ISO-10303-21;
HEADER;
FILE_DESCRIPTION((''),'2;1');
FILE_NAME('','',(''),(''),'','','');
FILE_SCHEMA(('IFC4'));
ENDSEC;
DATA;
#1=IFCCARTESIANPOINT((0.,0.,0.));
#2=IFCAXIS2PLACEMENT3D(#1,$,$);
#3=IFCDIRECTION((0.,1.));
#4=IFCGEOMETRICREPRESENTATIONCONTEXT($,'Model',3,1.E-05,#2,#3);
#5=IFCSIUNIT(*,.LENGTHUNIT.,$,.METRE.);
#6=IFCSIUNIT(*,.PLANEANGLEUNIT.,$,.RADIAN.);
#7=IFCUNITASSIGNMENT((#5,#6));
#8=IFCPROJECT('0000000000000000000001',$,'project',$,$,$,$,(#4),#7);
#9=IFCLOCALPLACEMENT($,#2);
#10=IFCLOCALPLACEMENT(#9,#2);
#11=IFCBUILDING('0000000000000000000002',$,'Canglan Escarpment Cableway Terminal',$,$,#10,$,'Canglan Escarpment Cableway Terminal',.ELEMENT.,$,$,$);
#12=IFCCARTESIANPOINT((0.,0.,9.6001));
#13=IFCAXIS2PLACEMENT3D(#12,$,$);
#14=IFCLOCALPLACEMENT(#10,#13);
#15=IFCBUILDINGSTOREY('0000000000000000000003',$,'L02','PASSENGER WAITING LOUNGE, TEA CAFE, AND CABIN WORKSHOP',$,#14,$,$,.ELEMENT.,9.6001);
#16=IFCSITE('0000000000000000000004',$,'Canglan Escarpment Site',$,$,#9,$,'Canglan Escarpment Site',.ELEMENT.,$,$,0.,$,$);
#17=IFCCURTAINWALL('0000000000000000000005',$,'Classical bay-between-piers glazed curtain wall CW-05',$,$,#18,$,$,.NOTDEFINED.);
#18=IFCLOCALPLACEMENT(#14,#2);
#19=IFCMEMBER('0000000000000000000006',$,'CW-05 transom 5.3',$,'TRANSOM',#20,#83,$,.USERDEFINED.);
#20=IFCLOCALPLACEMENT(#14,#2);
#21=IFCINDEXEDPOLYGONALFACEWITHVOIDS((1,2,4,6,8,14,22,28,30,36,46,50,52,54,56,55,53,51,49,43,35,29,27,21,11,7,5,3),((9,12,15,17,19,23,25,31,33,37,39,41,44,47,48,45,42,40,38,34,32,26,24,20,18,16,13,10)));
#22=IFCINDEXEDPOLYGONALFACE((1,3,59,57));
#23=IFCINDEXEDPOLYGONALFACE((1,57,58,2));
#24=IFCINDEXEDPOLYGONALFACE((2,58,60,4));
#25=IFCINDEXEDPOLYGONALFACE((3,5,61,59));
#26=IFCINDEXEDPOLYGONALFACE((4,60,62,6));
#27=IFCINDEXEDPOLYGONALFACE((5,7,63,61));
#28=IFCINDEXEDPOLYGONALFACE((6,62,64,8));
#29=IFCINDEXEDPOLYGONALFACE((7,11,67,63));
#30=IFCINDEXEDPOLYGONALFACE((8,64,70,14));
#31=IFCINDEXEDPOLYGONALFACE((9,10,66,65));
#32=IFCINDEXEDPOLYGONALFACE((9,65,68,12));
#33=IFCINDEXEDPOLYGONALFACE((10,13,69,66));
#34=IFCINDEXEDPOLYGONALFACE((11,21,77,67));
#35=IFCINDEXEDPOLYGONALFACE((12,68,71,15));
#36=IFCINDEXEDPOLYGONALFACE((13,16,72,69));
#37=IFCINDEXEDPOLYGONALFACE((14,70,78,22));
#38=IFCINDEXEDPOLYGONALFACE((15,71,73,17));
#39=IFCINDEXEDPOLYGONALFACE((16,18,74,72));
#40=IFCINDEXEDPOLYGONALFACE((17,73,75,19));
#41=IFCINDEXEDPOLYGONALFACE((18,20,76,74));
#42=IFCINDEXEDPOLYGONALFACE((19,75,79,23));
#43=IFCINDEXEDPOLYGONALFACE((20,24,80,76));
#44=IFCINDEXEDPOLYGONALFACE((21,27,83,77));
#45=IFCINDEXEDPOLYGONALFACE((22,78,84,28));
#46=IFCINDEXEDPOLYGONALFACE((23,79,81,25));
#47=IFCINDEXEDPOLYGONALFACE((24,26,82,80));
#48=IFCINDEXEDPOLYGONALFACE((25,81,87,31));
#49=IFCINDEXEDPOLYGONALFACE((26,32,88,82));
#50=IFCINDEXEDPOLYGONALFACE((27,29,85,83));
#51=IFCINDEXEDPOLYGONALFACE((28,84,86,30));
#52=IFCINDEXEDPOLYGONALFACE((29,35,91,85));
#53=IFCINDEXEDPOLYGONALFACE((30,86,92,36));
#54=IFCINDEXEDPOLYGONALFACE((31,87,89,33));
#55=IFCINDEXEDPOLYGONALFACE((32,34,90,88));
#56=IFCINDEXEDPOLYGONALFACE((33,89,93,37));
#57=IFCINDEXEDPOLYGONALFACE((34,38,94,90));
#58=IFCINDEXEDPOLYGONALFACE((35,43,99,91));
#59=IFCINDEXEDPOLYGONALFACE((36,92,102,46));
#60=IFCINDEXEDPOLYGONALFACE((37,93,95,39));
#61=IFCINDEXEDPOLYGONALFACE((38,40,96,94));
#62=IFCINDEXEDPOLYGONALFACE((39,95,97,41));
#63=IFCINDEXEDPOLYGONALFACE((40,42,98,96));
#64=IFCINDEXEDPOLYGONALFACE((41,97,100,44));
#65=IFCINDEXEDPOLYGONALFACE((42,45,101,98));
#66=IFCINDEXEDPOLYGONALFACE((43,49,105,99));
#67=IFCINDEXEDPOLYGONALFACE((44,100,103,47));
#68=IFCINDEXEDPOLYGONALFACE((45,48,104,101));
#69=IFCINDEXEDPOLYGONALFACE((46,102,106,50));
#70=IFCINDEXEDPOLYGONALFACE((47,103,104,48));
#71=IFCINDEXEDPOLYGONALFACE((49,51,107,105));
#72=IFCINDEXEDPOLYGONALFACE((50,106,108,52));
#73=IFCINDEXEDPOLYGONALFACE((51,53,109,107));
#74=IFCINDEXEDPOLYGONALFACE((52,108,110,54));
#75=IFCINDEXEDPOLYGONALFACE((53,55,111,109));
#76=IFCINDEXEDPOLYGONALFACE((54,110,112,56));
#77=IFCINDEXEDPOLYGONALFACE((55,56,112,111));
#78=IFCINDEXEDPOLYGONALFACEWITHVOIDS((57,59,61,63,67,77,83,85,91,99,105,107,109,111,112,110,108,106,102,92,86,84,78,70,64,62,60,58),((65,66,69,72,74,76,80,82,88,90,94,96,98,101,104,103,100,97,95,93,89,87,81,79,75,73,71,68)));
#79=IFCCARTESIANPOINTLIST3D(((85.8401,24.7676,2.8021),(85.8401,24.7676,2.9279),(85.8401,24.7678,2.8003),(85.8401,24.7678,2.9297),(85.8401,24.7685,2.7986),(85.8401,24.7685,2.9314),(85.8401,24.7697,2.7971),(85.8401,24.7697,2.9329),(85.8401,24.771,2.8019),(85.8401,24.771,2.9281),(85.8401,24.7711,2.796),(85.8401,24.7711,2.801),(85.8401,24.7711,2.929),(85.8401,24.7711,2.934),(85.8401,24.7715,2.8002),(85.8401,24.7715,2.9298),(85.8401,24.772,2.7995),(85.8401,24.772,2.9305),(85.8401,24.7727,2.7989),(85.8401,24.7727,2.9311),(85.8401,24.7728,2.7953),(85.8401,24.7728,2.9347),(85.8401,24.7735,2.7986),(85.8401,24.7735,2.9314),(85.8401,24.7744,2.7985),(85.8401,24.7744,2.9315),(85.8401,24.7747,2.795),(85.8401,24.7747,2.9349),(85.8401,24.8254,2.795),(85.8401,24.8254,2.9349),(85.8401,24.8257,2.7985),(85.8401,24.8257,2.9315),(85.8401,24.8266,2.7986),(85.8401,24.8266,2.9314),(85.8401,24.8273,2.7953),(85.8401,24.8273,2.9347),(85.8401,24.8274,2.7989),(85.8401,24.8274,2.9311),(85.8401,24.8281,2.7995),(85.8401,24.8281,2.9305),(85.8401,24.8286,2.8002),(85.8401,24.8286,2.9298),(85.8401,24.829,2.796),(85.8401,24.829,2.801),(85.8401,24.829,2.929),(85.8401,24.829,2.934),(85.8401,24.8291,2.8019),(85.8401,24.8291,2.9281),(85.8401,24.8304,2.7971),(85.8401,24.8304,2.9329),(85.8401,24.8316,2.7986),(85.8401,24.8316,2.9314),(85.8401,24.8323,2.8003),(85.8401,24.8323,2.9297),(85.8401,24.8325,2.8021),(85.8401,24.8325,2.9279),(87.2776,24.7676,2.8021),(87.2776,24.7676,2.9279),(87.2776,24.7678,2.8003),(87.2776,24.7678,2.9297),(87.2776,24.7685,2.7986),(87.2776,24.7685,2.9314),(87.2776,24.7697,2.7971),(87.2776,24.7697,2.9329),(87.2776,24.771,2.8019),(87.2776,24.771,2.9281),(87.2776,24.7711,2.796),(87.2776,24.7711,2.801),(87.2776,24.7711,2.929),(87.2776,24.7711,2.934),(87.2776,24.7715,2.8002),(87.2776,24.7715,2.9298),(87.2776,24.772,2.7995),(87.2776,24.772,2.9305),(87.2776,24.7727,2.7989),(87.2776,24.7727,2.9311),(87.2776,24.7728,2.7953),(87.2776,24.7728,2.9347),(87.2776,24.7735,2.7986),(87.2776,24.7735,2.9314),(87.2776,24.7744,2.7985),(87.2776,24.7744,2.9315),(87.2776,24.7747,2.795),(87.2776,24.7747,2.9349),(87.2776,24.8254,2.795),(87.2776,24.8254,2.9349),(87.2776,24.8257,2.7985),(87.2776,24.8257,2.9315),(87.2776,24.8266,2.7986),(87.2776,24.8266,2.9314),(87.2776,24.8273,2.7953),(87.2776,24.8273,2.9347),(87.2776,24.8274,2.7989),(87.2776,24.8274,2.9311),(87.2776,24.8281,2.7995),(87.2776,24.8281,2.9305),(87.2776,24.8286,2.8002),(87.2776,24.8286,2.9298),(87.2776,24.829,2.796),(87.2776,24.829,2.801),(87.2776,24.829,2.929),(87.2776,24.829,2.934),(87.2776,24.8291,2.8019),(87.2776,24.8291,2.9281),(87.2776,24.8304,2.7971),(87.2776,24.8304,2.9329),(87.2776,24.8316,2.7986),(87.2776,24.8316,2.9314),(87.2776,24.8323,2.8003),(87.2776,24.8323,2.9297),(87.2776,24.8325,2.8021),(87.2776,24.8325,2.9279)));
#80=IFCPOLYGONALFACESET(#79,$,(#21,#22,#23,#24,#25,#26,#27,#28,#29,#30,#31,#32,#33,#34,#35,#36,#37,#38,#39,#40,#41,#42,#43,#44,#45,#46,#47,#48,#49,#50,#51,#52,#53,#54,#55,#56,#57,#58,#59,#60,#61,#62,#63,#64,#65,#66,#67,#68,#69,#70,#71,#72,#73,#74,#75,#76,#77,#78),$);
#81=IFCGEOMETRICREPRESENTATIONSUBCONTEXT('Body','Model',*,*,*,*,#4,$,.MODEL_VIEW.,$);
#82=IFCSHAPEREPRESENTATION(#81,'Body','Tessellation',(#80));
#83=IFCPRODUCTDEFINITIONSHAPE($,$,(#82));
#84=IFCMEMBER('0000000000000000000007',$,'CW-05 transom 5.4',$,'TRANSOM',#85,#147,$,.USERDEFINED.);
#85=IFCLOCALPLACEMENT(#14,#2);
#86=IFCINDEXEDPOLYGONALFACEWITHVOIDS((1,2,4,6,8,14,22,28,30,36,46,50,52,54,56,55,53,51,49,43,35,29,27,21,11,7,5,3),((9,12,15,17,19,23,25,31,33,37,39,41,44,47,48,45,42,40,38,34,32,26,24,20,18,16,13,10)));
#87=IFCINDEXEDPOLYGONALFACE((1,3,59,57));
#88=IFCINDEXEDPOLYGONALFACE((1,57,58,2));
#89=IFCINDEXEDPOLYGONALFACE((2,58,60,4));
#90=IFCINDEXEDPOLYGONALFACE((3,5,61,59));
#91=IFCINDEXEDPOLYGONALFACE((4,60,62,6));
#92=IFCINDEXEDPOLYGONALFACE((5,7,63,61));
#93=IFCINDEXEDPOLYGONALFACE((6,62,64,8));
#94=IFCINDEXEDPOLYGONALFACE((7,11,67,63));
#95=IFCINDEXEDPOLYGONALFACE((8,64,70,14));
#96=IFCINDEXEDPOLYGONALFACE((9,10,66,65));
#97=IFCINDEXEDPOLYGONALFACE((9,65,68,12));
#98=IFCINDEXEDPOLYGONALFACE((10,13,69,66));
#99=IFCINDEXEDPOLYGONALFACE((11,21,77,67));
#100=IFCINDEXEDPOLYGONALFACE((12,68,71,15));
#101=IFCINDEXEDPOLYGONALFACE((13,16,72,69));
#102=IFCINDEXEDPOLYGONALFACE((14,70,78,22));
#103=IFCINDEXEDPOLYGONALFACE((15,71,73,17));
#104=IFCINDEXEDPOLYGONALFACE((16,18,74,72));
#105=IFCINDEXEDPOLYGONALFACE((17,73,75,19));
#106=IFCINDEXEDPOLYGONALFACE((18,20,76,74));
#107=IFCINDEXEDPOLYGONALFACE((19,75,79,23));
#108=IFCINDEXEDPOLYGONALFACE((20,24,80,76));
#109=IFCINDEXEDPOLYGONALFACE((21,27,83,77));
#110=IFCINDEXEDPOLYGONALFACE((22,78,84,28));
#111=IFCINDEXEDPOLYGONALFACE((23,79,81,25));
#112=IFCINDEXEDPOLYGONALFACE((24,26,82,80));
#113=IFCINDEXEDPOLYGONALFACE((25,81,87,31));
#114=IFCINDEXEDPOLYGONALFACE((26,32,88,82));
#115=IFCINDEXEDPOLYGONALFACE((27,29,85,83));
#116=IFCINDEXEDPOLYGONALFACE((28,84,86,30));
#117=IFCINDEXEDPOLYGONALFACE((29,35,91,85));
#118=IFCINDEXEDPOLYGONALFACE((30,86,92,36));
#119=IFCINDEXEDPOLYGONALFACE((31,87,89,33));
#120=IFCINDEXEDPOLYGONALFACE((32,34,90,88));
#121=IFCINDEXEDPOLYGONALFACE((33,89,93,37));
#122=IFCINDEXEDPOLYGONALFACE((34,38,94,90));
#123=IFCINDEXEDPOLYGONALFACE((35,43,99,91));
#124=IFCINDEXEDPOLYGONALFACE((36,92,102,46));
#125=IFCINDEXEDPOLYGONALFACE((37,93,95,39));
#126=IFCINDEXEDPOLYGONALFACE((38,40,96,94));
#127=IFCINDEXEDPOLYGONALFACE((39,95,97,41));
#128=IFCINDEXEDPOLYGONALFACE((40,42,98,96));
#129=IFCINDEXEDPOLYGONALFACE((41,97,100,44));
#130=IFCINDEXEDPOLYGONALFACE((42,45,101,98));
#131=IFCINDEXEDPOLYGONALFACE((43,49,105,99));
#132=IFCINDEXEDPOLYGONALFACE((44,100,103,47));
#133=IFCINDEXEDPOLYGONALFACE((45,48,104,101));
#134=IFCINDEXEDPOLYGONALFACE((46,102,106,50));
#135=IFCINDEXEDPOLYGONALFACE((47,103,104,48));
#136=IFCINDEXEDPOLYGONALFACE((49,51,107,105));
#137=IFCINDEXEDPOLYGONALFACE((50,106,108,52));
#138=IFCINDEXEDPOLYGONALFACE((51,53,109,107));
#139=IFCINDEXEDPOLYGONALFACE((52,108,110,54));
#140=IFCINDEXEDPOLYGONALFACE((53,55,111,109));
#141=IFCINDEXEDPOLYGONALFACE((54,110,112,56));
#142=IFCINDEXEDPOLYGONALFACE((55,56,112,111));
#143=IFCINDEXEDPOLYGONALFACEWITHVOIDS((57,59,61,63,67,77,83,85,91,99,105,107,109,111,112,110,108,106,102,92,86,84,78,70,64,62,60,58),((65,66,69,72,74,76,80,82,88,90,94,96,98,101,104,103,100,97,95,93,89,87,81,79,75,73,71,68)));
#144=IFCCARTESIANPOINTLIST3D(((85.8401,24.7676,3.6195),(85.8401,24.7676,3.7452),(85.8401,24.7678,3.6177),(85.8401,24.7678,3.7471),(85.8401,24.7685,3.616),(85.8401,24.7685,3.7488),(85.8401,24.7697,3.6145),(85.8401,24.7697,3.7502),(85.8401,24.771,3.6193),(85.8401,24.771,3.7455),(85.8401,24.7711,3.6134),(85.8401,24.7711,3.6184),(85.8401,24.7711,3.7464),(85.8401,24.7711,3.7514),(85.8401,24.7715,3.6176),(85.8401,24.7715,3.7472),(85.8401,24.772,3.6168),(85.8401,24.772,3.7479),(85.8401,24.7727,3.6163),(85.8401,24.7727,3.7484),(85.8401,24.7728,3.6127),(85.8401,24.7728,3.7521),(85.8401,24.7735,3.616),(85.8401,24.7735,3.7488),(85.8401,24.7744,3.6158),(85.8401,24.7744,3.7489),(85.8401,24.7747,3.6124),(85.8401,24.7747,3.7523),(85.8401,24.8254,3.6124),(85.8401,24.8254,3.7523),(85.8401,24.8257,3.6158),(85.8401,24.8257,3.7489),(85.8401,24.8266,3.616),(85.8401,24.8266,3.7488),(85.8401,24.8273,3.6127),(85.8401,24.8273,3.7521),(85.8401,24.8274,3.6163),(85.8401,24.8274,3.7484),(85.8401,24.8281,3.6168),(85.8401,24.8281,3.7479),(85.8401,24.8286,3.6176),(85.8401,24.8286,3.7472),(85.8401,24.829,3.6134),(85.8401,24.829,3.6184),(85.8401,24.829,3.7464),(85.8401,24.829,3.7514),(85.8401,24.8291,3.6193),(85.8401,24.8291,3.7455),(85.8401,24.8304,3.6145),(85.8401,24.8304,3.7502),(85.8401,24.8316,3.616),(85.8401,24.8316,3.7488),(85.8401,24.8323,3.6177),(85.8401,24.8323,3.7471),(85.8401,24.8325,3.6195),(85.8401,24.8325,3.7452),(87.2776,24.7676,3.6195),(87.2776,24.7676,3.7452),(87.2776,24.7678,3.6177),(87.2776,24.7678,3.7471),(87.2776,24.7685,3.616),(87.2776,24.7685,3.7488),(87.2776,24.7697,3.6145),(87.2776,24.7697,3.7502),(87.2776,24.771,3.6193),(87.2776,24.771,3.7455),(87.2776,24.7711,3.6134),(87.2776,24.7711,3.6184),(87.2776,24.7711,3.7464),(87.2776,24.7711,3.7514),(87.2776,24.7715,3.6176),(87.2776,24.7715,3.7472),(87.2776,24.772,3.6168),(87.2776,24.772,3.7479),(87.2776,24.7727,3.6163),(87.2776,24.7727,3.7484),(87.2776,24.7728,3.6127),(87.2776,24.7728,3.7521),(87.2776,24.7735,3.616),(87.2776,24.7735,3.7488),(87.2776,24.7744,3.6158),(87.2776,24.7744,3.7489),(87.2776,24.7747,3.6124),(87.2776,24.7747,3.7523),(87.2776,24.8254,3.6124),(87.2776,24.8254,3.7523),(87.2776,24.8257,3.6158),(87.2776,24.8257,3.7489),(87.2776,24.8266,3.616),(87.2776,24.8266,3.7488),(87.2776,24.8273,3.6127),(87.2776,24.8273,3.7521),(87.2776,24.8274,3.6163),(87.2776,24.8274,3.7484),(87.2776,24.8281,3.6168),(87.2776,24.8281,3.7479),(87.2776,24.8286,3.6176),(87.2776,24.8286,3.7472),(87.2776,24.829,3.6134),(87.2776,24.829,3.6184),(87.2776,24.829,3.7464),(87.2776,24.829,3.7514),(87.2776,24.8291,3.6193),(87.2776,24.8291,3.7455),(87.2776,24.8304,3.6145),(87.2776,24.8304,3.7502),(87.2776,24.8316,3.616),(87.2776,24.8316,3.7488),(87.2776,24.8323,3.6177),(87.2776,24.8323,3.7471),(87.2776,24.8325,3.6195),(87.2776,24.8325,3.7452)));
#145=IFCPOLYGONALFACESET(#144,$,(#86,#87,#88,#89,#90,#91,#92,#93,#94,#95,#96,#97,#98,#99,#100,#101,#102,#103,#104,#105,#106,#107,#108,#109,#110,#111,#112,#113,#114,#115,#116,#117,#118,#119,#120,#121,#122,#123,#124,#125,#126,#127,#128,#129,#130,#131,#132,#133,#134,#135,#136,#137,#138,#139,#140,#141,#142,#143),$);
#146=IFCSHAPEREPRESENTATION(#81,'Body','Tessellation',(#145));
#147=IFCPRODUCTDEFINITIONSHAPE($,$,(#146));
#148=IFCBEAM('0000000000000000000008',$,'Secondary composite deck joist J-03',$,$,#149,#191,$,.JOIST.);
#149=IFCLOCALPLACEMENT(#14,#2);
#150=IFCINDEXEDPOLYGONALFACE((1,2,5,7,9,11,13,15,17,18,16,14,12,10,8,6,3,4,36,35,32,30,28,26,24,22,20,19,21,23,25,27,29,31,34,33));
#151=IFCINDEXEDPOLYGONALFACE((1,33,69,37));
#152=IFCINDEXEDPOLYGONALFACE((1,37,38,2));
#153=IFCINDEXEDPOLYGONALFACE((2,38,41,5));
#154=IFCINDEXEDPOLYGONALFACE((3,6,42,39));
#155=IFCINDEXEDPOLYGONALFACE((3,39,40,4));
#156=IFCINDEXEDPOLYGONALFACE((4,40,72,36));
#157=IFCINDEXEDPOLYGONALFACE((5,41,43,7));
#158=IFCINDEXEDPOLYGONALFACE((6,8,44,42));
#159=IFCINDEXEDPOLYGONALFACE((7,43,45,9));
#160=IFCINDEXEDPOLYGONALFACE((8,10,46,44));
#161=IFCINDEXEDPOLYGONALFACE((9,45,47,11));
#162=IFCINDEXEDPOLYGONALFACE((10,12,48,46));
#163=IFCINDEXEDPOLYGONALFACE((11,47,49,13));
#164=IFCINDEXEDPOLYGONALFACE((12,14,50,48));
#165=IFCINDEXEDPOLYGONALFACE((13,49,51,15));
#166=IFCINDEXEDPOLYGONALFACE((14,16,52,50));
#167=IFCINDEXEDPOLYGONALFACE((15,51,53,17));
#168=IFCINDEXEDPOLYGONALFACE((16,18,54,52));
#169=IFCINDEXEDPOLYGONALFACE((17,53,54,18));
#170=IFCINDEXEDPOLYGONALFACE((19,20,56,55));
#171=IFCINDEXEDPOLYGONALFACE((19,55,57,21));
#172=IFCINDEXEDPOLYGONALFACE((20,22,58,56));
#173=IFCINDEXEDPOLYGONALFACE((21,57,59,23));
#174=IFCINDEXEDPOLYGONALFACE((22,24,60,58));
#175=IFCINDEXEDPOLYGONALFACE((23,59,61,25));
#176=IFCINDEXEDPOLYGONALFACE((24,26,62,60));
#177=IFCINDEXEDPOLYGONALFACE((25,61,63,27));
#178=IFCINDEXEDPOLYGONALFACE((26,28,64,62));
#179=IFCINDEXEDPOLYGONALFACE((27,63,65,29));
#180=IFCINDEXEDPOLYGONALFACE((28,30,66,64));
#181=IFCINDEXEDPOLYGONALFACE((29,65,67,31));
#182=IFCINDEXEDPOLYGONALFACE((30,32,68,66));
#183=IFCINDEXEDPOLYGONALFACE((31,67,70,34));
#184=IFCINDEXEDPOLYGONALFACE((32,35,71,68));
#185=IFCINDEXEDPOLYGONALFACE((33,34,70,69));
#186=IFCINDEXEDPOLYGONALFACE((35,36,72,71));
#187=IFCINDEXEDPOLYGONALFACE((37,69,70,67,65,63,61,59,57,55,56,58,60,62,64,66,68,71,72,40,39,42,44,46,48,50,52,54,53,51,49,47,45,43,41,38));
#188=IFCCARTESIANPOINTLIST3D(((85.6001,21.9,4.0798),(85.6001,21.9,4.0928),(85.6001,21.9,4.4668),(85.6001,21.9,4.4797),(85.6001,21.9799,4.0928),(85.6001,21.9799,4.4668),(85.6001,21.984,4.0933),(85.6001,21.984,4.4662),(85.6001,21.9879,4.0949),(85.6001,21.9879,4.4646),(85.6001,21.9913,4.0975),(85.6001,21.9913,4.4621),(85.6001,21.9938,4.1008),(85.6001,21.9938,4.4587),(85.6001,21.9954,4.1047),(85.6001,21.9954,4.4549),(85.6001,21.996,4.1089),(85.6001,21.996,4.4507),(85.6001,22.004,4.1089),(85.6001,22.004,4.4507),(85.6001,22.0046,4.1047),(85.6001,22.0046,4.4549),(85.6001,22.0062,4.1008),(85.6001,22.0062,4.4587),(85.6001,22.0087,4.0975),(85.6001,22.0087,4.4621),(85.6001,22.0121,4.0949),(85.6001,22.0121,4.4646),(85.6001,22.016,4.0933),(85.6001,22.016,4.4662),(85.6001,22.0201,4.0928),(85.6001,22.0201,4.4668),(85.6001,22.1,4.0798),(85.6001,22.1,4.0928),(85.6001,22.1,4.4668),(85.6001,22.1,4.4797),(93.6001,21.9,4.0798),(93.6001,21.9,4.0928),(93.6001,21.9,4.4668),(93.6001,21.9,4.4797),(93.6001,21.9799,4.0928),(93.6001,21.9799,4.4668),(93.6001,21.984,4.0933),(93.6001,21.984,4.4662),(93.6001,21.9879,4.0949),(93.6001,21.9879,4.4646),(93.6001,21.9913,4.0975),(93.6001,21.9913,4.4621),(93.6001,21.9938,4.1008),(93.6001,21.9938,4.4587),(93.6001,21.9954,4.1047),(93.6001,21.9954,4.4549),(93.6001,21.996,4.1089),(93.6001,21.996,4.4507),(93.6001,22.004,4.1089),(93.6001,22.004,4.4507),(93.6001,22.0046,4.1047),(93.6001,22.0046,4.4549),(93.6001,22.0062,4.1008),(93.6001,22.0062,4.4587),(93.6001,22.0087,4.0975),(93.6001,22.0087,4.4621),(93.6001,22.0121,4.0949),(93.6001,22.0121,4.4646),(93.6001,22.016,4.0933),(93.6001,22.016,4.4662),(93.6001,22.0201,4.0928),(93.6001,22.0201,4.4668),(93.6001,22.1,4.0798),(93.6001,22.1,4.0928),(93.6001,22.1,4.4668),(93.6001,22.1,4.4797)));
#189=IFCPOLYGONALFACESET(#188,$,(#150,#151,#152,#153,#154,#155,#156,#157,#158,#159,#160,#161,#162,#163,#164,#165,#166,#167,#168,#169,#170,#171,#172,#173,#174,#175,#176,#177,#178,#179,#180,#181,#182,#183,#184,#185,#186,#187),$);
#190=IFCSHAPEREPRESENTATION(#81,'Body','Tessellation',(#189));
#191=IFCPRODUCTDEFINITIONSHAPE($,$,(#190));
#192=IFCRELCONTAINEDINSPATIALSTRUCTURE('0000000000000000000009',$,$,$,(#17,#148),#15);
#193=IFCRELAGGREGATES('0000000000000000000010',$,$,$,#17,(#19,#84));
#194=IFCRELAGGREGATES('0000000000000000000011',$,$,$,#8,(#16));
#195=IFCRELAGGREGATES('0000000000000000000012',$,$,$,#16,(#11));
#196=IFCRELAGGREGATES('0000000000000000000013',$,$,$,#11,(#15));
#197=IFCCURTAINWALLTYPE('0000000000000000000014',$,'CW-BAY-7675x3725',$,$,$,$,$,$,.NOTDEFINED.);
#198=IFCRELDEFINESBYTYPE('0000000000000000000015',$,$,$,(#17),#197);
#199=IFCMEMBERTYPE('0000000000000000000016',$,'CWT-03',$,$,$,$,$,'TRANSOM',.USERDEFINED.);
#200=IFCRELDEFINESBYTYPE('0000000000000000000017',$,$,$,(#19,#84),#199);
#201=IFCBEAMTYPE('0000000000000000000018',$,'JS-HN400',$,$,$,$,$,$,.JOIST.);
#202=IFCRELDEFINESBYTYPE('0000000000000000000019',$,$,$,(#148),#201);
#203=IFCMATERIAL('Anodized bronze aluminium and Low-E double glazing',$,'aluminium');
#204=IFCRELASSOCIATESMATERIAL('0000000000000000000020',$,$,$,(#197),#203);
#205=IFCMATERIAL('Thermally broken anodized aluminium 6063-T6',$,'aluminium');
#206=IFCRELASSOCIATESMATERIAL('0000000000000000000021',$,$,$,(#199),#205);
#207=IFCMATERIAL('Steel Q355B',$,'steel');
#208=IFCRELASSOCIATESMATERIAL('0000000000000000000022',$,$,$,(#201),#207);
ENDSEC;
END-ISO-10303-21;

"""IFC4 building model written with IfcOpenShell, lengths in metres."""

from ifc_helpers import new_model, si_unit, direction, frame, origin, origin_2d, place, context, subcontext, project, spatial, hollow_rectangle, i_section, extrude, material, material_profile, profile_set, type_object, element, aggregate, save


model = new_model("IFC4")

# Units and contexts
model_context = context("Model", 3, precision=1e-05, world=origin(), true_north=direction((0.0, 1.0)))
body_context = subcontext(model_context, "Body", "Model", "MODEL_VIEW")
ifc_project = project(units=[si_unit("LENGTHUNIT", "METRE"), si_unit("PLANEANGLEUNIT", "RADIAN")], contexts=[model_context])

# Site, building, storey
site_placement = place(None, origin())
site = spatial("IfcSite", under=ifc_project, at=site_placement, Name="Canglan Escarpment Site", LongName="Canglan Escarpment Site", CompositionType="ELEMENT", RefElevation=0.0)
building_placement = place(site_placement, origin())
building = spatial("IfcBuilding", under=site, at=building_placement, Name="Canglan Escarpment Cableway Terminal", LongName="Canglan Escarpment Cableway Terminal", CompositionType="ELEMENT")
storey_placement = place(building_placement, frame((0.0, 0.0, 9.6001)))
storey = spatial("IfcBuildingStorey", under=building, at=storey_placement, Name="L02", Description="PASSENGER WAITING LOUNGE, TEA CAFE, AND CABIN WORKSHOP", CompositionType="ELEMENT", Elevation=9.6001)

# Curtain wall
ifc_material_1 = material(Name="Anodized bronze aluminium and Low-E double glazing", Category="aluminium")
curtain_wall_type = type_object("IfcCurtainWallType", Name="CW-BAY-7675x3725", PredefinedType="NOTDEFINED", material=ifc_material_1)
ifc_material_2 = material(Name="Thermally broken anodized aluminium 6063-T6", Category="aluminium")
curtain_wall_1_placement = place(storey_placement, origin())
curtain_wall_1 = element("IfcCurtainWall", 1, at=curtain_wall_1_placement, inside=storey, type_object=curtain_wall_type, Name="Classical bay-between-piers glazed curtain wall CW-05", PredefinedType="NOTDEFINED")

# Members
ifc_material_profile_1 = material_profile(ifc_material_2, hollow_rectangle(XDim=0.0649, YDim=0.1399, WallThickness=0.0034, InnerFilletRadius=0.0034, OuterFilletRadius=0.0071, at=origin_2d()), Name="ALU-TRAN 65x140x3.5")
ifc_profile_set_1 = profile_set([ifc_material_profile_1], Name="Thermally broken anodized aluminium 6063-T6")
member_type_1 = type_object("IfcMemberType", Name="CWT-03", ElementType="TRANSOM", PredefinedType="USERDEFINED", material=ifc_profile_set_1)
member_1_placement = place(storey_placement, frame((87.2776, 24.8, 2.865), z_axis=(-1.0, 0.0, 0.0), x_axis=(0.0, -1.0, 0.0)))
member_1 = element("IfcMember", 2, at=member_1_placement, type_object=member_type_1, Name="CW-05 transom 5.3", ObjectType="TRANSOM", PredefinedType="USERDEFINED", context=body_context, shape_type="SweptSolid", body=[
    extrude(hollow_rectangle(XDim=0.0649, YDim=0.1399, WallThickness=0.0034, InnerFilletRadius=0.0034, OuterFilletRadius=0.0071, at=origin_2d()), origin(), (0.0, 0.0, 1.0), 1.4375),
])
member_2_placement = place(storey_placement, frame((87.2776, 24.8, 3.6824), z_axis=(-1.0, 0.0, 0.0), x_axis=(0.0, -1.0, 0.0)))
member_2 = element("IfcMember", 3, at=member_2_placement, type_object=member_type_1, Name="CW-05 transom 5.4", ObjectType="TRANSOM", PredefinedType="USERDEFINED", context=body_context, shape_type="SweptSolid", body=[
    extrude(hollow_rectangle(XDim=0.0649, YDim=0.1399, WallThickness=0.0034, InnerFilletRadius=0.0034, OuterFilletRadius=0.0071, at=origin_2d()), origin(), (0.0, 0.0, 1.0), 1.4375),
])

# Beam
ifc_material_3 = material(Name="Steel Q355B", Category="steel")
ifc_material_profile_2 = material_profile(ifc_material_3, i_section(OverallWidth=0.2, OverallDepth=0.3999, WebThickness=0.0081, FlangeThickness=0.0129, FilletRadius=0.0161, at=origin_2d()), Name="HN 400x200x8x13")
ifc_profile_set_2 = profile_set([ifc_material_profile_2], Name="Steel Q355B")
beam_type_1 = type_object("IfcBeamType", Name="JS-HN400", PredefinedType="JOIST", material=ifc_profile_set_2)
beam_1_placement = place(storey_placement, frame((85.6001, 22.0, 4.2798), z_axis=(1.0, 0.0, 0.0), x_axis=(0.0, 1.0, 0.0)))
element("IfcBeam", 4, at=beam_1_placement, inside=storey, type_object=beam_type_1, Name="Secondary composite deck joist J-03", PredefinedType="JOIST", context=body_context, shape_type="SweptSolid", body=[
    extrude(i_section(OverallWidth=0.2, OverallDepth=0.3999, WebThickness=0.0081, FlangeThickness=0.0129, FilletRadius=0.0161, at=origin_2d()), origin(), (0.0, 0.0, 1.0), 8.0),
])

aggregate(curtain_wall_1, [member_1, member_2])

save(model, "model.ifc")
